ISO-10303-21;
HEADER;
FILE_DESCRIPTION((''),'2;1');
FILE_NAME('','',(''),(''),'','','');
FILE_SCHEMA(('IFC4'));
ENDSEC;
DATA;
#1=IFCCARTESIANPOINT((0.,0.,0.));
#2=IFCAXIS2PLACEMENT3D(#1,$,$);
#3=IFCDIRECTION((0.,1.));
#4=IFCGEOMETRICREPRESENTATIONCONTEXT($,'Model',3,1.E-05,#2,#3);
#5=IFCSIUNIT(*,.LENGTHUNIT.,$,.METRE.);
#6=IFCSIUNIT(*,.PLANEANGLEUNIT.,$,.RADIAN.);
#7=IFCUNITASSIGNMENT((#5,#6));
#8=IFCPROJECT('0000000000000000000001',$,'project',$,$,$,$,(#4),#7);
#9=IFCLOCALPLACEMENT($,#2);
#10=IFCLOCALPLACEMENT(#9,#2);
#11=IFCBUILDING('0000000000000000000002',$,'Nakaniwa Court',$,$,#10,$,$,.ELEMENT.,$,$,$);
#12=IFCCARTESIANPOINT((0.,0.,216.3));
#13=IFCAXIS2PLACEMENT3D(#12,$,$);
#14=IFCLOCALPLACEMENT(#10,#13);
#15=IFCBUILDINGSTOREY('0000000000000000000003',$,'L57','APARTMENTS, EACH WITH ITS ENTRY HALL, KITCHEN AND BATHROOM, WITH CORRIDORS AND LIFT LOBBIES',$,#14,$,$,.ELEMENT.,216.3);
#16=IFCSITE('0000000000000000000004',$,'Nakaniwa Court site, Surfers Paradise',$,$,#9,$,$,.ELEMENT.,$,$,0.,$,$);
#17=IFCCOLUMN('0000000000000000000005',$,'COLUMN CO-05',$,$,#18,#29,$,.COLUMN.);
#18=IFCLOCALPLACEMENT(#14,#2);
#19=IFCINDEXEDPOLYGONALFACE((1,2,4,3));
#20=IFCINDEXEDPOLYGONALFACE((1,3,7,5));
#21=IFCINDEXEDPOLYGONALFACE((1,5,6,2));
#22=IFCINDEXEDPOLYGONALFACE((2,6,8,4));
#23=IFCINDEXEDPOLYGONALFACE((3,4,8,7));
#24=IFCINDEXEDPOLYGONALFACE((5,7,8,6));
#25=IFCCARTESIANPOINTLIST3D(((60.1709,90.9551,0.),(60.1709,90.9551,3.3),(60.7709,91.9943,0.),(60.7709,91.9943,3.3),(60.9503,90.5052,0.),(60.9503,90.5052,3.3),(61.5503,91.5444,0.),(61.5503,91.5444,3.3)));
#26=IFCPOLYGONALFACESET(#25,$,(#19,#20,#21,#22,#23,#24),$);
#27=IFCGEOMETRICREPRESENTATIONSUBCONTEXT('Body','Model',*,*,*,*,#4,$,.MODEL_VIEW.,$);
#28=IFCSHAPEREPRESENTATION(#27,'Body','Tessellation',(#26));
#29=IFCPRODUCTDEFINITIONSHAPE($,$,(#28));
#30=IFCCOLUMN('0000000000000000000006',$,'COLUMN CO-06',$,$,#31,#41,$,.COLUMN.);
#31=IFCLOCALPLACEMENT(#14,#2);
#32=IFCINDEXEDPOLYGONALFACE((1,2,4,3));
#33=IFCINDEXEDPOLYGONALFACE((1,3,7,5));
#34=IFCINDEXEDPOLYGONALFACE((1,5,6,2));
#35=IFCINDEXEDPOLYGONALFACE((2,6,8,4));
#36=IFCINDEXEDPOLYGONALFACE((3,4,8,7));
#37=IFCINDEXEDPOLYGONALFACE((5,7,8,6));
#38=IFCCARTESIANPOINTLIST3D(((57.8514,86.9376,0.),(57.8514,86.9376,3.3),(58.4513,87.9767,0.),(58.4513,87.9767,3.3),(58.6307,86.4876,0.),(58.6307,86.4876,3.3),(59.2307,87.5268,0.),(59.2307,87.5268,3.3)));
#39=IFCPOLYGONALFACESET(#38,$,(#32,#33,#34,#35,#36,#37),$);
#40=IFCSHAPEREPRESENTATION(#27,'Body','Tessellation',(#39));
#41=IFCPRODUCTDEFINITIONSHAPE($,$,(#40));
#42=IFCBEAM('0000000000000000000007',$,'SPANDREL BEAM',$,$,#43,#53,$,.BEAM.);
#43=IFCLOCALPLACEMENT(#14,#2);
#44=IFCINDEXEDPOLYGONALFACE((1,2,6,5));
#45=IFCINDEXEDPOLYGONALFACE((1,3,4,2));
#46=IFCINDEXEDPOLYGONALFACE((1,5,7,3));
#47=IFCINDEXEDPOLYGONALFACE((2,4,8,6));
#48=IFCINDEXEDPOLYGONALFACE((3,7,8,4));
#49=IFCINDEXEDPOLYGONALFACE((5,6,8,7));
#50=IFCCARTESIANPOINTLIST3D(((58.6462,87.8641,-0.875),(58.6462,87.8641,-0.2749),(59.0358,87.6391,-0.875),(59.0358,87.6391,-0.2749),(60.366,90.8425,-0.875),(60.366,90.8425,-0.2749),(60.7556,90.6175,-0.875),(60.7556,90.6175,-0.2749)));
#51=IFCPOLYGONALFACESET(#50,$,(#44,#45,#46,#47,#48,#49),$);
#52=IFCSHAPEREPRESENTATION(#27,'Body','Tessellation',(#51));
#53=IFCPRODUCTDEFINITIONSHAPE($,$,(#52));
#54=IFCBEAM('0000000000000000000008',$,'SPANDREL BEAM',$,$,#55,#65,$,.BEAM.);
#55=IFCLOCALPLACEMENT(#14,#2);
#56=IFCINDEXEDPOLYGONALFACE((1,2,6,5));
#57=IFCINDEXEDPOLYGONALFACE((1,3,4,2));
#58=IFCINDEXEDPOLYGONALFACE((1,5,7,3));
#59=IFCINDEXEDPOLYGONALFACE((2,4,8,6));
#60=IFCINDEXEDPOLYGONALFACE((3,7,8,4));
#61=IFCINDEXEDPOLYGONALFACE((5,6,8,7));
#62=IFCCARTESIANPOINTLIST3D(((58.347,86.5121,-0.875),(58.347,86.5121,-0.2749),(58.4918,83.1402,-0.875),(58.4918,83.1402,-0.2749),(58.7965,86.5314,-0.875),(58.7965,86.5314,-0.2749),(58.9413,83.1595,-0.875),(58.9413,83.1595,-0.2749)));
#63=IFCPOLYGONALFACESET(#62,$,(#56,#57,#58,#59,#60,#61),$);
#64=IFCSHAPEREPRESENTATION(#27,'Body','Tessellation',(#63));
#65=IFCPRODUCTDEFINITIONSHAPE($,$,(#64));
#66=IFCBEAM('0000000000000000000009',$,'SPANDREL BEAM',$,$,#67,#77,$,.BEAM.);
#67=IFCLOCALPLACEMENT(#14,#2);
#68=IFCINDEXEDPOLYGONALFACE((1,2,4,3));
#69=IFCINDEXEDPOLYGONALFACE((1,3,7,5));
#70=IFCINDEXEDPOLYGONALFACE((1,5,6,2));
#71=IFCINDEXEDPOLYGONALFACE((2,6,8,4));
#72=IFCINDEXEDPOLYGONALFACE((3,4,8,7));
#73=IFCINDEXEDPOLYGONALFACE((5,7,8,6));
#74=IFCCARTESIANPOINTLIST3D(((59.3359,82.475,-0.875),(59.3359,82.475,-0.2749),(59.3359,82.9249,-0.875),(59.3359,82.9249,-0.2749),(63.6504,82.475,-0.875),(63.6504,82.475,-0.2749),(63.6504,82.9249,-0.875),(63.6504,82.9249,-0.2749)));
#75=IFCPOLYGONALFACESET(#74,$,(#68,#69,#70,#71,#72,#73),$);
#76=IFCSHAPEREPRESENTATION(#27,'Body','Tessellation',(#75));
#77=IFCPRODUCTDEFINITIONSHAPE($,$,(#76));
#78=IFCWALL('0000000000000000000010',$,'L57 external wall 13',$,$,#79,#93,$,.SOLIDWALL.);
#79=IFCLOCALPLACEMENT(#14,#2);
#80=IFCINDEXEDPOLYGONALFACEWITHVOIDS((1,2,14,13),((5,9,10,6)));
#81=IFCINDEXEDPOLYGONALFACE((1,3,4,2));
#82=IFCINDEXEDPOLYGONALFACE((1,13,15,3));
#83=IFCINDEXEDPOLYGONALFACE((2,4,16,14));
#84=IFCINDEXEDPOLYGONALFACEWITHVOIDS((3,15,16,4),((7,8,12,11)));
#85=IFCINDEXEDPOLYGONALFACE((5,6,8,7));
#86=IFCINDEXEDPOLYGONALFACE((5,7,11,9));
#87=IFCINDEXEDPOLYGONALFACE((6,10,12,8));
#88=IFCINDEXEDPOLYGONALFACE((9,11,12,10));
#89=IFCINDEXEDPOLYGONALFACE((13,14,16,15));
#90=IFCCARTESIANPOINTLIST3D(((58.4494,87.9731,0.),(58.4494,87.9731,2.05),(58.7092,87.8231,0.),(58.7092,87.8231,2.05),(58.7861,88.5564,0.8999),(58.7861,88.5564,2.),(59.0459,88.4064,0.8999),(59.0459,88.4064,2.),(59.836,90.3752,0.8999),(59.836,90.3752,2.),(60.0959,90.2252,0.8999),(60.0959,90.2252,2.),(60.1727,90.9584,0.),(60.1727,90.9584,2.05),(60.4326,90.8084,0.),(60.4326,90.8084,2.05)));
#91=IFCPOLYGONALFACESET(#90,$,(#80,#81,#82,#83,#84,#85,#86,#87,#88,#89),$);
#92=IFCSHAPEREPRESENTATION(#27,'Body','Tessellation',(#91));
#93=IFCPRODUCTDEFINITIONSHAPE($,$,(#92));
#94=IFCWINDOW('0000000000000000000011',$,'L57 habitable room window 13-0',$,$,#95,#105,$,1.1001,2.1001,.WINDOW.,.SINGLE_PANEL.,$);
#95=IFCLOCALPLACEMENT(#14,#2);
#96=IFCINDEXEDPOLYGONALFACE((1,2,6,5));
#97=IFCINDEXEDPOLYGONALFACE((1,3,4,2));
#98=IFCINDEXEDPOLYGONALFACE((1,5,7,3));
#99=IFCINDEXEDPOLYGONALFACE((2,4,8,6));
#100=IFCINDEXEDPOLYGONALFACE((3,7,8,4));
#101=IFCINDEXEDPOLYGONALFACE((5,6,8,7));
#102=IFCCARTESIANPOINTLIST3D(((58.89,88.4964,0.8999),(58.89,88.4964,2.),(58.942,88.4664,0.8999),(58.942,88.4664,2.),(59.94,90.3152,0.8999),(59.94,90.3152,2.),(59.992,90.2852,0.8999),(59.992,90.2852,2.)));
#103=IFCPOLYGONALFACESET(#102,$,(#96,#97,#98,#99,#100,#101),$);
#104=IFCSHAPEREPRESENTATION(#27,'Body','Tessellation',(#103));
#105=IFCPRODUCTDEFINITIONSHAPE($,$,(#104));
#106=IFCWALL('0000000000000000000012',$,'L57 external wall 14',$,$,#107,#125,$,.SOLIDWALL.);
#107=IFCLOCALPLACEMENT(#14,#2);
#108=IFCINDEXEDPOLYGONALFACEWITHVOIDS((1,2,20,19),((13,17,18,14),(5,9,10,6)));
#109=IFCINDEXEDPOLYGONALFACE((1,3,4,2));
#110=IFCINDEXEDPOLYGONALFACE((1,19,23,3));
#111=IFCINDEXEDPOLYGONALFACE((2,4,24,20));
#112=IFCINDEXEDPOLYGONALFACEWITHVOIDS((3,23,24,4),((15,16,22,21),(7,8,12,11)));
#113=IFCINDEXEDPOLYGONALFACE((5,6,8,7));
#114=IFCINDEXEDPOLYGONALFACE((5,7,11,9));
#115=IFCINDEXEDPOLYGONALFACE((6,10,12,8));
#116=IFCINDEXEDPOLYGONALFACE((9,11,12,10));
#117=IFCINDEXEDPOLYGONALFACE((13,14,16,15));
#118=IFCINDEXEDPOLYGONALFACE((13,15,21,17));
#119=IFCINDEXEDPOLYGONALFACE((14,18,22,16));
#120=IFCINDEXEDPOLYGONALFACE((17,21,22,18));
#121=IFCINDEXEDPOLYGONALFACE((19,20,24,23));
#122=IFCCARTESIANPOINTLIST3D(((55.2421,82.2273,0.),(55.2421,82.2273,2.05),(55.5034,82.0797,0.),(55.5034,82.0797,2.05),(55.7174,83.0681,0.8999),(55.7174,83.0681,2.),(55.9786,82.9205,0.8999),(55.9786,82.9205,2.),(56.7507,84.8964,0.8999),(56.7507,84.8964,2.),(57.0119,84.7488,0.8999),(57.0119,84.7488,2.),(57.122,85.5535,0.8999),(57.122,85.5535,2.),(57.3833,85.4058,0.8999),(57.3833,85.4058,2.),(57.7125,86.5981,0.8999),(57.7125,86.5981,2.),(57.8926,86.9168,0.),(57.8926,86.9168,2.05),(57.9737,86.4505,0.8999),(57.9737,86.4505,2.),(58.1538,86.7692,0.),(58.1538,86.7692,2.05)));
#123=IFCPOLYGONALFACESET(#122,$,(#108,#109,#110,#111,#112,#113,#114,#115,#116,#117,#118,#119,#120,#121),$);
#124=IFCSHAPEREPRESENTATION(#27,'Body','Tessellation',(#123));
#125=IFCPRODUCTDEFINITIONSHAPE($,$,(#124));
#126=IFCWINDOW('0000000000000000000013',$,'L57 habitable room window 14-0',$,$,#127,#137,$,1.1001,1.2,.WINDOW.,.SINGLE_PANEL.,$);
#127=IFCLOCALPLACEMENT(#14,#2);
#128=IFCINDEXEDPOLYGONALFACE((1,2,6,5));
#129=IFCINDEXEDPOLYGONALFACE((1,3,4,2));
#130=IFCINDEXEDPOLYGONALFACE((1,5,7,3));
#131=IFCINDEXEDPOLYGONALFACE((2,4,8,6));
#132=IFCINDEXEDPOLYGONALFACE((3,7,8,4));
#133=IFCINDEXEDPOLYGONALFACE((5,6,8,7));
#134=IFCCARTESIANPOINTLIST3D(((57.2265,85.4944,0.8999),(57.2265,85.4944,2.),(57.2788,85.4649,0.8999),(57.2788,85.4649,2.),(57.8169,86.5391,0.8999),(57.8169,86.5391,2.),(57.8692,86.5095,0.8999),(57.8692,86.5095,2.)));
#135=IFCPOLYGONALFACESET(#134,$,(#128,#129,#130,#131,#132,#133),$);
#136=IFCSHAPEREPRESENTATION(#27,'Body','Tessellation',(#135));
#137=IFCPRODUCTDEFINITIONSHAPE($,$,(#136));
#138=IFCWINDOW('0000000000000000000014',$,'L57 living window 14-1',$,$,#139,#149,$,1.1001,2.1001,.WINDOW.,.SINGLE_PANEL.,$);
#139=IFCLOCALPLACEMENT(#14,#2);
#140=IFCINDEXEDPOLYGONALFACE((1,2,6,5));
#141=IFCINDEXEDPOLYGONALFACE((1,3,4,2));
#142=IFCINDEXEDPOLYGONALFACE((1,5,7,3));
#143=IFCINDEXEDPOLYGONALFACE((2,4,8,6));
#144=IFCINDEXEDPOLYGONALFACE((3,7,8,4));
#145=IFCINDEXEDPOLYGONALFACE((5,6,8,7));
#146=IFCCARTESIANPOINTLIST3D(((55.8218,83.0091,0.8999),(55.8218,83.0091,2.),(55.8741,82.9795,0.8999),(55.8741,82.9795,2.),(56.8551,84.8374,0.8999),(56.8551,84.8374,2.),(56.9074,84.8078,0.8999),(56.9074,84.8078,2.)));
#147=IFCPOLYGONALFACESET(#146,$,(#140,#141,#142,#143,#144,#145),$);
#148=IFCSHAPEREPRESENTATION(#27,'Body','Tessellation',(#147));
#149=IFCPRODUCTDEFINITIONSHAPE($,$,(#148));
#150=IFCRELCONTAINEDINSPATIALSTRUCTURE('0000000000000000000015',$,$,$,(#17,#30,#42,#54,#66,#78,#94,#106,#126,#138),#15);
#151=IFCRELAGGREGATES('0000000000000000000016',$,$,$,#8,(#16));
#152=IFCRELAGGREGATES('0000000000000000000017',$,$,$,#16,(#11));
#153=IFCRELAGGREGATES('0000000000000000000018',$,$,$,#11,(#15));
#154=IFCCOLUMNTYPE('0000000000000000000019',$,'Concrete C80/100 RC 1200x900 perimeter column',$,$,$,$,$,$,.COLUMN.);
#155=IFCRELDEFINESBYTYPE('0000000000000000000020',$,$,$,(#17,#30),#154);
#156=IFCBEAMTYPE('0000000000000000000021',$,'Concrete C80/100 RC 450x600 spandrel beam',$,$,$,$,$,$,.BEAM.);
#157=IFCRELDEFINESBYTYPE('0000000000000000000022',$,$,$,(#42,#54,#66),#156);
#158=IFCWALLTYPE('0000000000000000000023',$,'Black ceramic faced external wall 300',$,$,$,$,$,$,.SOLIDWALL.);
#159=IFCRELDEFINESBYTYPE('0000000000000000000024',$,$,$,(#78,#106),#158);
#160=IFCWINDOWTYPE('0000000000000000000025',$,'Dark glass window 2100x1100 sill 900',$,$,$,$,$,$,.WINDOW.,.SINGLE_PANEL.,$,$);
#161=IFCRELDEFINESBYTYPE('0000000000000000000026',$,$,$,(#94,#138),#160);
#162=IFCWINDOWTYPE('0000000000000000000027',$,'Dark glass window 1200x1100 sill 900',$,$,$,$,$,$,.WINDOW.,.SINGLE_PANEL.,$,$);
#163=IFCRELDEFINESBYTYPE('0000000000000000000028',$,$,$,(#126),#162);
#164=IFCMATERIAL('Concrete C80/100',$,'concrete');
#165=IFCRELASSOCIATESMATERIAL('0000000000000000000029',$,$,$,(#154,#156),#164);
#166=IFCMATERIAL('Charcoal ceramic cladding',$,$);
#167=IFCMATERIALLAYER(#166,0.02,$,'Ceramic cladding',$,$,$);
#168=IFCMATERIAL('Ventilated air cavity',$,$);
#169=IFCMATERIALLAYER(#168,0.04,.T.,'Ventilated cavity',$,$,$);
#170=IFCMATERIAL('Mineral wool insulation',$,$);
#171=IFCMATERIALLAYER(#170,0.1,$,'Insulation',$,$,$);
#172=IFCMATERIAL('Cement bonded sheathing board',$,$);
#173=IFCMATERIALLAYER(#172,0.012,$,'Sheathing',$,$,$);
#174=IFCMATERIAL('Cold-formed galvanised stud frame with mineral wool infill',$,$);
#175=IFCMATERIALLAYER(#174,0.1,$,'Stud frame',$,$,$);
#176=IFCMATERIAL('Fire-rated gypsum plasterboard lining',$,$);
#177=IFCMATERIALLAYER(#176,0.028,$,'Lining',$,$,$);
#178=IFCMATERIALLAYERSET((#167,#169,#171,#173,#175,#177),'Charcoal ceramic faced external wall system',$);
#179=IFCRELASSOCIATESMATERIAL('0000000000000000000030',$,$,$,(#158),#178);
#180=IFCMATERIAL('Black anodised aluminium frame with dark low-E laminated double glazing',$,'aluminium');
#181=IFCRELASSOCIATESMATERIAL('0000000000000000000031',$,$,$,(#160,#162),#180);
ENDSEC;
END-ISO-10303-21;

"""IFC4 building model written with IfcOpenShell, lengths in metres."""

from ifc_helpers import new_model, si_unit, direction, frame, frame_2d, origin, origin_2d, place, context, subcontext, project, spatial, rectangle, extrude, material, layer, layer_set, material_profile, profile_set, type_object, element, fill, save


model = new_model("IFC4")

# Units and contexts
model_context = context("Model", 3, precision=1e-05, world=origin(), true_north=direction((0.0, 1.0)))
body_context = subcontext(model_context, "Body", "Model", "MODEL_VIEW")
ifc_project = project(units=[si_unit("LENGTHUNIT", "METRE"), si_unit("PLANEANGLEUNIT", "RADIAN")], contexts=[model_context])

# Site, building, storey
site_placement = place(None, origin())
site = spatial("IfcSite", under=ifc_project, at=site_placement, Name="Nakaniwa Court site, Surfers Paradise", CompositionType="ELEMENT", RefElevation=0.0)
building_placement = place(site_placement, origin())
building = spatial("IfcBuilding", under=site, at=building_placement, Name="Nakaniwa Court", CompositionType="ELEMENT")
storey_placement = place(building_placement, frame((0.0, 0.0, 216.3)))
storey = spatial("IfcBuildingStorey", under=building, at=storey_placement, Name="L57", Description="APARTMENTS, EACH WITH ITS ENTRY HALL, KITCHEN AND BATHROOM, WITH CORRIDORS AND LIFT LOBBIES", CompositionType="ELEMENT", Elevation=216.3)

# Columns
ifc_material_1 = material(Name="Concrete C80/100", Category="concrete")
ifc_material_profile_1 = material_profile(ifc_material_1, rectangle(XDim=1.2, YDim=0.8999, at=origin_2d()), Name="Concrete C80/100 RC 1200x900 perimeter column")
ifc_profile_set_1 = profile_set([ifc_material_profile_1], Name="Concrete C80/100")
column_type = type_object("IfcColumnType", Name="Concrete C80/100 RC 1200x900 perimeter column", PredefinedType="COLUMN", material=ifc_profile_set_1)
for number, where, z_axis, x_axis, name in (
    (1, (60.8606, 91.2498, 0.0), (0.0, 0.0, 1.0), (-0.5, -0.866025, 0.0), "COLUMN CO-05"),
    (2, (58.541, 87.2322, 0.0), (0.0, 0.0, 1.0), (-0.5, -0.866025, 0.0), "COLUMN CO-06"),
):
    element("IfcColumn", number, at=place(storey_placement, frame(where, z_axis=z_axis, x_axis=x_axis)), inside=storey, type_object=column_type, Name=name, PredefinedType="COLUMN", context=body_context, shape_type="SweptSolid", body=[
        extrude(rectangle(XDim=1.2, YDim=0.8999, at=origin_2d()), origin(), (0.0, 0.0, 1.0), 3.3),
    ])

# Beams
ifc_material_profile_2 = material_profile(ifc_material_1, rectangle(XDim=0.45, YDim=0.6001, at=origin_2d()), Name="Concrete C80/100 RC 450x600 spandrel beam")
ifc_profile_set_2 = profile_set([ifc_material_profile_2], Name="Concrete C80/100")
beam_type = type_object("IfcBeamType", Name="Concrete C80/100 RC 450x600 spandrel beam", PredefinedType="BEAM", material=ifc_profile_set_2)
beam_1_placement = place(storey_placement, frame((60.5608, 90.73, -0.575), z_axis=(-0.500048, -0.865998, 0.0), x_axis=(0.865998, -0.500048, 0.0)))
element("IfcBeam", 3, at=beam_1_placement, inside=storey, type_object=beam_type, Name="SPANDREL BEAM", PredefinedType="BEAM", context=body_context, shape_type="SweptSolid", body=[
    extrude(rectangle(XDim=0.45, YDim=0.6001, at=origin_2d()), origin(), (0.0, 0.0, 1.0), 3.4392),
])
beam_2_placement = place(storey_placement, frame((58.5718, 86.5217, -0.575), z_axis=(0.042897, -0.999079, 0.0), x_axis=(0.999079, 0.042897, 0.0)))
element("IfcBeam", 4, at=beam_2_placement, inside=storey, type_object=beam_type, Name="SPANDREL BEAM", PredefinedType="BEAM", context=body_context, shape_type="SweptSolid", body=[
    extrude(rectangle(XDim=0.45, YDim=0.6001, at=origin_2d()), origin(), (0.0, 0.0, 1.0), 3.375),
])
beam_3_placement = place(storey_placement, frame((59.3359, 82.7, -0.575), z_axis=(1.0, 0.0, 0.0), x_axis=(0.0, 1.0, 0.0)))
element("IfcBeam", 5, at=beam_3_placement, inside=storey, type_object=beam_type, Name="SPANDREL BEAM", PredefinedType="BEAM", context=body_context, shape_type="SweptSolid", body=[
    extrude(rectangle(XDim=0.45, YDim=0.6001, at=origin_2d()), origin(), (0.0, 0.0, 1.0), 4.3145),
])

# Wall, opening, window
ifc_material_2 = material(Name="Charcoal ceramic cladding")
ifc_layer_1 = layer(ifc_material_2, 0.02, Name="Ceramic cladding")
ifc_material_3 = material(Name="Ventilated air cavity")
ifc_layer_2 = layer(ifc_material_3, 0.04, ventilated=True, Name="Ventilated cavity")
ifc_material_4 = material(Name="Mineral wool insulation")
ifc_layer_3 = layer(ifc_material_4, 0.1, Name="Insulation")
ifc_material_5 = material(Name="Cement bonded sheathing board")
ifc_layer_4 = layer(ifc_material_5, 0.012, Name="Sheathing")
ifc_material_6 = material(Name="Cold-formed galvanised stud frame with mineral wool infill")
ifc_layer_5 = layer(ifc_material_6, 0.1, Name="Stud frame")
ifc_material_7 = material(Name="Fire-rated gypsum plasterboard lining")
ifc_layer_6 = layer(ifc_material_7, 0.028, Name="Lining")
ifc_layer_set_1 = layer_set([ifc_layer_1, ifc_layer_2, ifc_layer_3, ifc_layer_4, ifc_layer_5, ifc_layer_6], Name="Charcoal ceramic faced external wall system")
wall_type_1 = type_object("IfcWallType", Name="Black ceramic faced external wall 300", PredefinedType="SOLIDWALL", material=ifc_layer_set_1)
wall_1_placement = place(storey_placement, frame((60.3027, 90.8835, 0.0), z_axis=(0.0, 0.0, 1.0), x_axis=(-0.499955, -0.866051, 0.0)))
wall_1 = element("IfcWall", 6, at=wall_1_placement, inside=storey, type_object=wall_type_1, Name="L57 external wall 13", PredefinedType="SOLIDWALL", context=body_context, shape_type="SweptSolid", body=[
    extrude(rectangle(XDim=3.447, YDim=0.3, at=frame_2d((1.7236, 0.0))), origin(), (0.0, 0.0, 1.0), 2.05),
])
opening_1_placement = place(wall_1_placement, frame((0.6736, 0.0, 0.8999)))
opening_1 = element("IfcOpeningElement", 7, at=opening_1_placement, cuts=wall_1, PredefinedType="OPENING", context=body_context, shape_type="SweptSolid", body=[
    extrude(rectangle(XDim=2.1001, YDim=1.1001, at=frame_2d((1.05, 0.55))), frame((0.0, 0.1599, 0.0), z_axis=(0.0, -1.0, 0.0), x_axis=(1.0, 0.0, 0.0)), (0.0, 0.0, 1.0), 0.3201),
])
ifc_material_8 = material(Name="Black anodised aluminium frame with dark low-E laminated double glazing", Category="aluminium")
window_type_1 = type_object("IfcWindowType", Name="Dark glass window 2100x1100 sill 900", PartitioningType="SINGLE_PANEL", PredefinedType="WINDOW", material=ifc_material_8)
window_1_placement = place(opening_1_placement, origin())
window_1 = element("IfcWindow", 8, at=window_1_placement, inside=storey, type_object=window_type_1, Name="L57 habitable room window 13-0", OverallHeight=1.1001, OverallWidth=2.1001, PartitioningType="SINGLE_PANEL", PredefinedType="WINDOW", context=body_context, shape_type="SweptSolid", body=[
    extrude(rectangle(XDim=2.1001, YDim=1.1001, at=frame_2d((1.05, 0.55))), frame((0.0, 0.03, 0.0), z_axis=(0.0, -1.0, 0.0), x_axis=(1.0, 0.0, 0.0)), (0.0, 0.0, 1.0), 0.0601),
])
fill(opening_1, window_1)

# Wall, openings, windows
wall_2_placement = place(storey_placement, frame((58.0232, 86.843, 0.0), z_axis=(0.0, 0.0, 1.0), x_axis=(-0.492033, -0.870576, 0.0)))
wall_2 = element("IfcWall", 9, at=wall_2_placement, inside=storey, type_object=wall_type_1, Name="L57 external wall 14", PredefinedType="SOLIDWALL", context=body_context, shape_type="SweptSolid", body=[
    extrude(rectangle(XDim=5.3867, YDim=0.3, at=frame_2d((2.6934, 0.0))), origin(), (0.0, 0.0, 1.0), 2.05),
])
opening_2_placement = place(wall_2_placement, frame((0.366, 0.0, 0.8999)))
opening_2 = element("IfcOpeningElement", 10, at=opening_2_placement, cuts=wall_2, PredefinedType="OPENING", context=body_context, shape_type="SweptSolid", body=[
    extrude(rectangle(XDim=1.2, YDim=1.1001, at=frame_2d((0.6001, 0.55))), frame((0.0, 0.1599, 0.0), z_axis=(0.0, -1.0, 0.0), x_axis=(1.0, 0.0, 0.0)), (0.0, 0.0, 1.0), 0.3201),
])
opening_3_placement = place(wall_2_placement, frame((2.3208, 0.0, 0.8999)))
opening_3 = element("IfcOpeningElement", 11, at=opening_3_placement, cuts=wall_2, PredefinedType="OPENING", context=body_context, shape_type="SweptSolid", body=[
    extrude(rectangle(XDim=2.1001, YDim=1.1001, at=frame_2d((1.05, 0.55))), frame((0.0, 0.1599, 0.0), z_axis=(0.0, -1.0, 0.0), x_axis=(1.0, 0.0, 0.0)), (0.0, 0.0, 1.0), 0.3201),
])
window_type_2 = type_object("IfcWindowType", Name="Dark glass window 1200x1100 sill 900", PartitioningType="SINGLE_PANEL", PredefinedType="WINDOW", material=ifc_material_8)
window_2_placement = place(opening_2_placement, origin())
window_2 = element("IfcWindow", 12, at=window_2_placement, inside=storey, type_object=window_type_2, Name="L57 habitable room window 14-0", OverallHeight=1.1001, OverallWidth=1.2, PartitioningType="SINGLE_PANEL", PredefinedType="WINDOW", context=body_context, shape_type="SweptSolid", body=[
    extrude(rectangle(XDim=1.2, YDim=1.1001, at=frame_2d((0.6001, 0.55))), frame((0.0, 0.03, 0.0), z_axis=(0.0, -1.0, 0.0), x_axis=(1.0, 0.0, 0.0)), (0.0, 0.0, 1.0), 0.0601),
])
fill(opening_2, window_2)
window_3_placement = place(opening_3_placement, origin())
window_3 = element("IfcWindow", 13, at=window_3_placement, inside=storey, type_object=window_type_1, Name="L57 living window 14-1", OverallHeight=1.1001, OverallWidth=2.1001, PartitioningType="SINGLE_PANEL", PredefinedType="WINDOW", context=body_context, shape_type="SweptSolid", body=[
    extrude(rectangle(XDim=2.1001, YDim=1.1001, at=frame_2d((1.05, 0.55))), frame((0.0, 0.03, 0.0), z_axis=(0.0, -1.0, 0.0), x_axis=(1.0, 0.0, 0.0)), (0.0, 0.0, 1.0), 0.0601),
])
fill(opening_3, window_3)

save(model, "model.ifc")
